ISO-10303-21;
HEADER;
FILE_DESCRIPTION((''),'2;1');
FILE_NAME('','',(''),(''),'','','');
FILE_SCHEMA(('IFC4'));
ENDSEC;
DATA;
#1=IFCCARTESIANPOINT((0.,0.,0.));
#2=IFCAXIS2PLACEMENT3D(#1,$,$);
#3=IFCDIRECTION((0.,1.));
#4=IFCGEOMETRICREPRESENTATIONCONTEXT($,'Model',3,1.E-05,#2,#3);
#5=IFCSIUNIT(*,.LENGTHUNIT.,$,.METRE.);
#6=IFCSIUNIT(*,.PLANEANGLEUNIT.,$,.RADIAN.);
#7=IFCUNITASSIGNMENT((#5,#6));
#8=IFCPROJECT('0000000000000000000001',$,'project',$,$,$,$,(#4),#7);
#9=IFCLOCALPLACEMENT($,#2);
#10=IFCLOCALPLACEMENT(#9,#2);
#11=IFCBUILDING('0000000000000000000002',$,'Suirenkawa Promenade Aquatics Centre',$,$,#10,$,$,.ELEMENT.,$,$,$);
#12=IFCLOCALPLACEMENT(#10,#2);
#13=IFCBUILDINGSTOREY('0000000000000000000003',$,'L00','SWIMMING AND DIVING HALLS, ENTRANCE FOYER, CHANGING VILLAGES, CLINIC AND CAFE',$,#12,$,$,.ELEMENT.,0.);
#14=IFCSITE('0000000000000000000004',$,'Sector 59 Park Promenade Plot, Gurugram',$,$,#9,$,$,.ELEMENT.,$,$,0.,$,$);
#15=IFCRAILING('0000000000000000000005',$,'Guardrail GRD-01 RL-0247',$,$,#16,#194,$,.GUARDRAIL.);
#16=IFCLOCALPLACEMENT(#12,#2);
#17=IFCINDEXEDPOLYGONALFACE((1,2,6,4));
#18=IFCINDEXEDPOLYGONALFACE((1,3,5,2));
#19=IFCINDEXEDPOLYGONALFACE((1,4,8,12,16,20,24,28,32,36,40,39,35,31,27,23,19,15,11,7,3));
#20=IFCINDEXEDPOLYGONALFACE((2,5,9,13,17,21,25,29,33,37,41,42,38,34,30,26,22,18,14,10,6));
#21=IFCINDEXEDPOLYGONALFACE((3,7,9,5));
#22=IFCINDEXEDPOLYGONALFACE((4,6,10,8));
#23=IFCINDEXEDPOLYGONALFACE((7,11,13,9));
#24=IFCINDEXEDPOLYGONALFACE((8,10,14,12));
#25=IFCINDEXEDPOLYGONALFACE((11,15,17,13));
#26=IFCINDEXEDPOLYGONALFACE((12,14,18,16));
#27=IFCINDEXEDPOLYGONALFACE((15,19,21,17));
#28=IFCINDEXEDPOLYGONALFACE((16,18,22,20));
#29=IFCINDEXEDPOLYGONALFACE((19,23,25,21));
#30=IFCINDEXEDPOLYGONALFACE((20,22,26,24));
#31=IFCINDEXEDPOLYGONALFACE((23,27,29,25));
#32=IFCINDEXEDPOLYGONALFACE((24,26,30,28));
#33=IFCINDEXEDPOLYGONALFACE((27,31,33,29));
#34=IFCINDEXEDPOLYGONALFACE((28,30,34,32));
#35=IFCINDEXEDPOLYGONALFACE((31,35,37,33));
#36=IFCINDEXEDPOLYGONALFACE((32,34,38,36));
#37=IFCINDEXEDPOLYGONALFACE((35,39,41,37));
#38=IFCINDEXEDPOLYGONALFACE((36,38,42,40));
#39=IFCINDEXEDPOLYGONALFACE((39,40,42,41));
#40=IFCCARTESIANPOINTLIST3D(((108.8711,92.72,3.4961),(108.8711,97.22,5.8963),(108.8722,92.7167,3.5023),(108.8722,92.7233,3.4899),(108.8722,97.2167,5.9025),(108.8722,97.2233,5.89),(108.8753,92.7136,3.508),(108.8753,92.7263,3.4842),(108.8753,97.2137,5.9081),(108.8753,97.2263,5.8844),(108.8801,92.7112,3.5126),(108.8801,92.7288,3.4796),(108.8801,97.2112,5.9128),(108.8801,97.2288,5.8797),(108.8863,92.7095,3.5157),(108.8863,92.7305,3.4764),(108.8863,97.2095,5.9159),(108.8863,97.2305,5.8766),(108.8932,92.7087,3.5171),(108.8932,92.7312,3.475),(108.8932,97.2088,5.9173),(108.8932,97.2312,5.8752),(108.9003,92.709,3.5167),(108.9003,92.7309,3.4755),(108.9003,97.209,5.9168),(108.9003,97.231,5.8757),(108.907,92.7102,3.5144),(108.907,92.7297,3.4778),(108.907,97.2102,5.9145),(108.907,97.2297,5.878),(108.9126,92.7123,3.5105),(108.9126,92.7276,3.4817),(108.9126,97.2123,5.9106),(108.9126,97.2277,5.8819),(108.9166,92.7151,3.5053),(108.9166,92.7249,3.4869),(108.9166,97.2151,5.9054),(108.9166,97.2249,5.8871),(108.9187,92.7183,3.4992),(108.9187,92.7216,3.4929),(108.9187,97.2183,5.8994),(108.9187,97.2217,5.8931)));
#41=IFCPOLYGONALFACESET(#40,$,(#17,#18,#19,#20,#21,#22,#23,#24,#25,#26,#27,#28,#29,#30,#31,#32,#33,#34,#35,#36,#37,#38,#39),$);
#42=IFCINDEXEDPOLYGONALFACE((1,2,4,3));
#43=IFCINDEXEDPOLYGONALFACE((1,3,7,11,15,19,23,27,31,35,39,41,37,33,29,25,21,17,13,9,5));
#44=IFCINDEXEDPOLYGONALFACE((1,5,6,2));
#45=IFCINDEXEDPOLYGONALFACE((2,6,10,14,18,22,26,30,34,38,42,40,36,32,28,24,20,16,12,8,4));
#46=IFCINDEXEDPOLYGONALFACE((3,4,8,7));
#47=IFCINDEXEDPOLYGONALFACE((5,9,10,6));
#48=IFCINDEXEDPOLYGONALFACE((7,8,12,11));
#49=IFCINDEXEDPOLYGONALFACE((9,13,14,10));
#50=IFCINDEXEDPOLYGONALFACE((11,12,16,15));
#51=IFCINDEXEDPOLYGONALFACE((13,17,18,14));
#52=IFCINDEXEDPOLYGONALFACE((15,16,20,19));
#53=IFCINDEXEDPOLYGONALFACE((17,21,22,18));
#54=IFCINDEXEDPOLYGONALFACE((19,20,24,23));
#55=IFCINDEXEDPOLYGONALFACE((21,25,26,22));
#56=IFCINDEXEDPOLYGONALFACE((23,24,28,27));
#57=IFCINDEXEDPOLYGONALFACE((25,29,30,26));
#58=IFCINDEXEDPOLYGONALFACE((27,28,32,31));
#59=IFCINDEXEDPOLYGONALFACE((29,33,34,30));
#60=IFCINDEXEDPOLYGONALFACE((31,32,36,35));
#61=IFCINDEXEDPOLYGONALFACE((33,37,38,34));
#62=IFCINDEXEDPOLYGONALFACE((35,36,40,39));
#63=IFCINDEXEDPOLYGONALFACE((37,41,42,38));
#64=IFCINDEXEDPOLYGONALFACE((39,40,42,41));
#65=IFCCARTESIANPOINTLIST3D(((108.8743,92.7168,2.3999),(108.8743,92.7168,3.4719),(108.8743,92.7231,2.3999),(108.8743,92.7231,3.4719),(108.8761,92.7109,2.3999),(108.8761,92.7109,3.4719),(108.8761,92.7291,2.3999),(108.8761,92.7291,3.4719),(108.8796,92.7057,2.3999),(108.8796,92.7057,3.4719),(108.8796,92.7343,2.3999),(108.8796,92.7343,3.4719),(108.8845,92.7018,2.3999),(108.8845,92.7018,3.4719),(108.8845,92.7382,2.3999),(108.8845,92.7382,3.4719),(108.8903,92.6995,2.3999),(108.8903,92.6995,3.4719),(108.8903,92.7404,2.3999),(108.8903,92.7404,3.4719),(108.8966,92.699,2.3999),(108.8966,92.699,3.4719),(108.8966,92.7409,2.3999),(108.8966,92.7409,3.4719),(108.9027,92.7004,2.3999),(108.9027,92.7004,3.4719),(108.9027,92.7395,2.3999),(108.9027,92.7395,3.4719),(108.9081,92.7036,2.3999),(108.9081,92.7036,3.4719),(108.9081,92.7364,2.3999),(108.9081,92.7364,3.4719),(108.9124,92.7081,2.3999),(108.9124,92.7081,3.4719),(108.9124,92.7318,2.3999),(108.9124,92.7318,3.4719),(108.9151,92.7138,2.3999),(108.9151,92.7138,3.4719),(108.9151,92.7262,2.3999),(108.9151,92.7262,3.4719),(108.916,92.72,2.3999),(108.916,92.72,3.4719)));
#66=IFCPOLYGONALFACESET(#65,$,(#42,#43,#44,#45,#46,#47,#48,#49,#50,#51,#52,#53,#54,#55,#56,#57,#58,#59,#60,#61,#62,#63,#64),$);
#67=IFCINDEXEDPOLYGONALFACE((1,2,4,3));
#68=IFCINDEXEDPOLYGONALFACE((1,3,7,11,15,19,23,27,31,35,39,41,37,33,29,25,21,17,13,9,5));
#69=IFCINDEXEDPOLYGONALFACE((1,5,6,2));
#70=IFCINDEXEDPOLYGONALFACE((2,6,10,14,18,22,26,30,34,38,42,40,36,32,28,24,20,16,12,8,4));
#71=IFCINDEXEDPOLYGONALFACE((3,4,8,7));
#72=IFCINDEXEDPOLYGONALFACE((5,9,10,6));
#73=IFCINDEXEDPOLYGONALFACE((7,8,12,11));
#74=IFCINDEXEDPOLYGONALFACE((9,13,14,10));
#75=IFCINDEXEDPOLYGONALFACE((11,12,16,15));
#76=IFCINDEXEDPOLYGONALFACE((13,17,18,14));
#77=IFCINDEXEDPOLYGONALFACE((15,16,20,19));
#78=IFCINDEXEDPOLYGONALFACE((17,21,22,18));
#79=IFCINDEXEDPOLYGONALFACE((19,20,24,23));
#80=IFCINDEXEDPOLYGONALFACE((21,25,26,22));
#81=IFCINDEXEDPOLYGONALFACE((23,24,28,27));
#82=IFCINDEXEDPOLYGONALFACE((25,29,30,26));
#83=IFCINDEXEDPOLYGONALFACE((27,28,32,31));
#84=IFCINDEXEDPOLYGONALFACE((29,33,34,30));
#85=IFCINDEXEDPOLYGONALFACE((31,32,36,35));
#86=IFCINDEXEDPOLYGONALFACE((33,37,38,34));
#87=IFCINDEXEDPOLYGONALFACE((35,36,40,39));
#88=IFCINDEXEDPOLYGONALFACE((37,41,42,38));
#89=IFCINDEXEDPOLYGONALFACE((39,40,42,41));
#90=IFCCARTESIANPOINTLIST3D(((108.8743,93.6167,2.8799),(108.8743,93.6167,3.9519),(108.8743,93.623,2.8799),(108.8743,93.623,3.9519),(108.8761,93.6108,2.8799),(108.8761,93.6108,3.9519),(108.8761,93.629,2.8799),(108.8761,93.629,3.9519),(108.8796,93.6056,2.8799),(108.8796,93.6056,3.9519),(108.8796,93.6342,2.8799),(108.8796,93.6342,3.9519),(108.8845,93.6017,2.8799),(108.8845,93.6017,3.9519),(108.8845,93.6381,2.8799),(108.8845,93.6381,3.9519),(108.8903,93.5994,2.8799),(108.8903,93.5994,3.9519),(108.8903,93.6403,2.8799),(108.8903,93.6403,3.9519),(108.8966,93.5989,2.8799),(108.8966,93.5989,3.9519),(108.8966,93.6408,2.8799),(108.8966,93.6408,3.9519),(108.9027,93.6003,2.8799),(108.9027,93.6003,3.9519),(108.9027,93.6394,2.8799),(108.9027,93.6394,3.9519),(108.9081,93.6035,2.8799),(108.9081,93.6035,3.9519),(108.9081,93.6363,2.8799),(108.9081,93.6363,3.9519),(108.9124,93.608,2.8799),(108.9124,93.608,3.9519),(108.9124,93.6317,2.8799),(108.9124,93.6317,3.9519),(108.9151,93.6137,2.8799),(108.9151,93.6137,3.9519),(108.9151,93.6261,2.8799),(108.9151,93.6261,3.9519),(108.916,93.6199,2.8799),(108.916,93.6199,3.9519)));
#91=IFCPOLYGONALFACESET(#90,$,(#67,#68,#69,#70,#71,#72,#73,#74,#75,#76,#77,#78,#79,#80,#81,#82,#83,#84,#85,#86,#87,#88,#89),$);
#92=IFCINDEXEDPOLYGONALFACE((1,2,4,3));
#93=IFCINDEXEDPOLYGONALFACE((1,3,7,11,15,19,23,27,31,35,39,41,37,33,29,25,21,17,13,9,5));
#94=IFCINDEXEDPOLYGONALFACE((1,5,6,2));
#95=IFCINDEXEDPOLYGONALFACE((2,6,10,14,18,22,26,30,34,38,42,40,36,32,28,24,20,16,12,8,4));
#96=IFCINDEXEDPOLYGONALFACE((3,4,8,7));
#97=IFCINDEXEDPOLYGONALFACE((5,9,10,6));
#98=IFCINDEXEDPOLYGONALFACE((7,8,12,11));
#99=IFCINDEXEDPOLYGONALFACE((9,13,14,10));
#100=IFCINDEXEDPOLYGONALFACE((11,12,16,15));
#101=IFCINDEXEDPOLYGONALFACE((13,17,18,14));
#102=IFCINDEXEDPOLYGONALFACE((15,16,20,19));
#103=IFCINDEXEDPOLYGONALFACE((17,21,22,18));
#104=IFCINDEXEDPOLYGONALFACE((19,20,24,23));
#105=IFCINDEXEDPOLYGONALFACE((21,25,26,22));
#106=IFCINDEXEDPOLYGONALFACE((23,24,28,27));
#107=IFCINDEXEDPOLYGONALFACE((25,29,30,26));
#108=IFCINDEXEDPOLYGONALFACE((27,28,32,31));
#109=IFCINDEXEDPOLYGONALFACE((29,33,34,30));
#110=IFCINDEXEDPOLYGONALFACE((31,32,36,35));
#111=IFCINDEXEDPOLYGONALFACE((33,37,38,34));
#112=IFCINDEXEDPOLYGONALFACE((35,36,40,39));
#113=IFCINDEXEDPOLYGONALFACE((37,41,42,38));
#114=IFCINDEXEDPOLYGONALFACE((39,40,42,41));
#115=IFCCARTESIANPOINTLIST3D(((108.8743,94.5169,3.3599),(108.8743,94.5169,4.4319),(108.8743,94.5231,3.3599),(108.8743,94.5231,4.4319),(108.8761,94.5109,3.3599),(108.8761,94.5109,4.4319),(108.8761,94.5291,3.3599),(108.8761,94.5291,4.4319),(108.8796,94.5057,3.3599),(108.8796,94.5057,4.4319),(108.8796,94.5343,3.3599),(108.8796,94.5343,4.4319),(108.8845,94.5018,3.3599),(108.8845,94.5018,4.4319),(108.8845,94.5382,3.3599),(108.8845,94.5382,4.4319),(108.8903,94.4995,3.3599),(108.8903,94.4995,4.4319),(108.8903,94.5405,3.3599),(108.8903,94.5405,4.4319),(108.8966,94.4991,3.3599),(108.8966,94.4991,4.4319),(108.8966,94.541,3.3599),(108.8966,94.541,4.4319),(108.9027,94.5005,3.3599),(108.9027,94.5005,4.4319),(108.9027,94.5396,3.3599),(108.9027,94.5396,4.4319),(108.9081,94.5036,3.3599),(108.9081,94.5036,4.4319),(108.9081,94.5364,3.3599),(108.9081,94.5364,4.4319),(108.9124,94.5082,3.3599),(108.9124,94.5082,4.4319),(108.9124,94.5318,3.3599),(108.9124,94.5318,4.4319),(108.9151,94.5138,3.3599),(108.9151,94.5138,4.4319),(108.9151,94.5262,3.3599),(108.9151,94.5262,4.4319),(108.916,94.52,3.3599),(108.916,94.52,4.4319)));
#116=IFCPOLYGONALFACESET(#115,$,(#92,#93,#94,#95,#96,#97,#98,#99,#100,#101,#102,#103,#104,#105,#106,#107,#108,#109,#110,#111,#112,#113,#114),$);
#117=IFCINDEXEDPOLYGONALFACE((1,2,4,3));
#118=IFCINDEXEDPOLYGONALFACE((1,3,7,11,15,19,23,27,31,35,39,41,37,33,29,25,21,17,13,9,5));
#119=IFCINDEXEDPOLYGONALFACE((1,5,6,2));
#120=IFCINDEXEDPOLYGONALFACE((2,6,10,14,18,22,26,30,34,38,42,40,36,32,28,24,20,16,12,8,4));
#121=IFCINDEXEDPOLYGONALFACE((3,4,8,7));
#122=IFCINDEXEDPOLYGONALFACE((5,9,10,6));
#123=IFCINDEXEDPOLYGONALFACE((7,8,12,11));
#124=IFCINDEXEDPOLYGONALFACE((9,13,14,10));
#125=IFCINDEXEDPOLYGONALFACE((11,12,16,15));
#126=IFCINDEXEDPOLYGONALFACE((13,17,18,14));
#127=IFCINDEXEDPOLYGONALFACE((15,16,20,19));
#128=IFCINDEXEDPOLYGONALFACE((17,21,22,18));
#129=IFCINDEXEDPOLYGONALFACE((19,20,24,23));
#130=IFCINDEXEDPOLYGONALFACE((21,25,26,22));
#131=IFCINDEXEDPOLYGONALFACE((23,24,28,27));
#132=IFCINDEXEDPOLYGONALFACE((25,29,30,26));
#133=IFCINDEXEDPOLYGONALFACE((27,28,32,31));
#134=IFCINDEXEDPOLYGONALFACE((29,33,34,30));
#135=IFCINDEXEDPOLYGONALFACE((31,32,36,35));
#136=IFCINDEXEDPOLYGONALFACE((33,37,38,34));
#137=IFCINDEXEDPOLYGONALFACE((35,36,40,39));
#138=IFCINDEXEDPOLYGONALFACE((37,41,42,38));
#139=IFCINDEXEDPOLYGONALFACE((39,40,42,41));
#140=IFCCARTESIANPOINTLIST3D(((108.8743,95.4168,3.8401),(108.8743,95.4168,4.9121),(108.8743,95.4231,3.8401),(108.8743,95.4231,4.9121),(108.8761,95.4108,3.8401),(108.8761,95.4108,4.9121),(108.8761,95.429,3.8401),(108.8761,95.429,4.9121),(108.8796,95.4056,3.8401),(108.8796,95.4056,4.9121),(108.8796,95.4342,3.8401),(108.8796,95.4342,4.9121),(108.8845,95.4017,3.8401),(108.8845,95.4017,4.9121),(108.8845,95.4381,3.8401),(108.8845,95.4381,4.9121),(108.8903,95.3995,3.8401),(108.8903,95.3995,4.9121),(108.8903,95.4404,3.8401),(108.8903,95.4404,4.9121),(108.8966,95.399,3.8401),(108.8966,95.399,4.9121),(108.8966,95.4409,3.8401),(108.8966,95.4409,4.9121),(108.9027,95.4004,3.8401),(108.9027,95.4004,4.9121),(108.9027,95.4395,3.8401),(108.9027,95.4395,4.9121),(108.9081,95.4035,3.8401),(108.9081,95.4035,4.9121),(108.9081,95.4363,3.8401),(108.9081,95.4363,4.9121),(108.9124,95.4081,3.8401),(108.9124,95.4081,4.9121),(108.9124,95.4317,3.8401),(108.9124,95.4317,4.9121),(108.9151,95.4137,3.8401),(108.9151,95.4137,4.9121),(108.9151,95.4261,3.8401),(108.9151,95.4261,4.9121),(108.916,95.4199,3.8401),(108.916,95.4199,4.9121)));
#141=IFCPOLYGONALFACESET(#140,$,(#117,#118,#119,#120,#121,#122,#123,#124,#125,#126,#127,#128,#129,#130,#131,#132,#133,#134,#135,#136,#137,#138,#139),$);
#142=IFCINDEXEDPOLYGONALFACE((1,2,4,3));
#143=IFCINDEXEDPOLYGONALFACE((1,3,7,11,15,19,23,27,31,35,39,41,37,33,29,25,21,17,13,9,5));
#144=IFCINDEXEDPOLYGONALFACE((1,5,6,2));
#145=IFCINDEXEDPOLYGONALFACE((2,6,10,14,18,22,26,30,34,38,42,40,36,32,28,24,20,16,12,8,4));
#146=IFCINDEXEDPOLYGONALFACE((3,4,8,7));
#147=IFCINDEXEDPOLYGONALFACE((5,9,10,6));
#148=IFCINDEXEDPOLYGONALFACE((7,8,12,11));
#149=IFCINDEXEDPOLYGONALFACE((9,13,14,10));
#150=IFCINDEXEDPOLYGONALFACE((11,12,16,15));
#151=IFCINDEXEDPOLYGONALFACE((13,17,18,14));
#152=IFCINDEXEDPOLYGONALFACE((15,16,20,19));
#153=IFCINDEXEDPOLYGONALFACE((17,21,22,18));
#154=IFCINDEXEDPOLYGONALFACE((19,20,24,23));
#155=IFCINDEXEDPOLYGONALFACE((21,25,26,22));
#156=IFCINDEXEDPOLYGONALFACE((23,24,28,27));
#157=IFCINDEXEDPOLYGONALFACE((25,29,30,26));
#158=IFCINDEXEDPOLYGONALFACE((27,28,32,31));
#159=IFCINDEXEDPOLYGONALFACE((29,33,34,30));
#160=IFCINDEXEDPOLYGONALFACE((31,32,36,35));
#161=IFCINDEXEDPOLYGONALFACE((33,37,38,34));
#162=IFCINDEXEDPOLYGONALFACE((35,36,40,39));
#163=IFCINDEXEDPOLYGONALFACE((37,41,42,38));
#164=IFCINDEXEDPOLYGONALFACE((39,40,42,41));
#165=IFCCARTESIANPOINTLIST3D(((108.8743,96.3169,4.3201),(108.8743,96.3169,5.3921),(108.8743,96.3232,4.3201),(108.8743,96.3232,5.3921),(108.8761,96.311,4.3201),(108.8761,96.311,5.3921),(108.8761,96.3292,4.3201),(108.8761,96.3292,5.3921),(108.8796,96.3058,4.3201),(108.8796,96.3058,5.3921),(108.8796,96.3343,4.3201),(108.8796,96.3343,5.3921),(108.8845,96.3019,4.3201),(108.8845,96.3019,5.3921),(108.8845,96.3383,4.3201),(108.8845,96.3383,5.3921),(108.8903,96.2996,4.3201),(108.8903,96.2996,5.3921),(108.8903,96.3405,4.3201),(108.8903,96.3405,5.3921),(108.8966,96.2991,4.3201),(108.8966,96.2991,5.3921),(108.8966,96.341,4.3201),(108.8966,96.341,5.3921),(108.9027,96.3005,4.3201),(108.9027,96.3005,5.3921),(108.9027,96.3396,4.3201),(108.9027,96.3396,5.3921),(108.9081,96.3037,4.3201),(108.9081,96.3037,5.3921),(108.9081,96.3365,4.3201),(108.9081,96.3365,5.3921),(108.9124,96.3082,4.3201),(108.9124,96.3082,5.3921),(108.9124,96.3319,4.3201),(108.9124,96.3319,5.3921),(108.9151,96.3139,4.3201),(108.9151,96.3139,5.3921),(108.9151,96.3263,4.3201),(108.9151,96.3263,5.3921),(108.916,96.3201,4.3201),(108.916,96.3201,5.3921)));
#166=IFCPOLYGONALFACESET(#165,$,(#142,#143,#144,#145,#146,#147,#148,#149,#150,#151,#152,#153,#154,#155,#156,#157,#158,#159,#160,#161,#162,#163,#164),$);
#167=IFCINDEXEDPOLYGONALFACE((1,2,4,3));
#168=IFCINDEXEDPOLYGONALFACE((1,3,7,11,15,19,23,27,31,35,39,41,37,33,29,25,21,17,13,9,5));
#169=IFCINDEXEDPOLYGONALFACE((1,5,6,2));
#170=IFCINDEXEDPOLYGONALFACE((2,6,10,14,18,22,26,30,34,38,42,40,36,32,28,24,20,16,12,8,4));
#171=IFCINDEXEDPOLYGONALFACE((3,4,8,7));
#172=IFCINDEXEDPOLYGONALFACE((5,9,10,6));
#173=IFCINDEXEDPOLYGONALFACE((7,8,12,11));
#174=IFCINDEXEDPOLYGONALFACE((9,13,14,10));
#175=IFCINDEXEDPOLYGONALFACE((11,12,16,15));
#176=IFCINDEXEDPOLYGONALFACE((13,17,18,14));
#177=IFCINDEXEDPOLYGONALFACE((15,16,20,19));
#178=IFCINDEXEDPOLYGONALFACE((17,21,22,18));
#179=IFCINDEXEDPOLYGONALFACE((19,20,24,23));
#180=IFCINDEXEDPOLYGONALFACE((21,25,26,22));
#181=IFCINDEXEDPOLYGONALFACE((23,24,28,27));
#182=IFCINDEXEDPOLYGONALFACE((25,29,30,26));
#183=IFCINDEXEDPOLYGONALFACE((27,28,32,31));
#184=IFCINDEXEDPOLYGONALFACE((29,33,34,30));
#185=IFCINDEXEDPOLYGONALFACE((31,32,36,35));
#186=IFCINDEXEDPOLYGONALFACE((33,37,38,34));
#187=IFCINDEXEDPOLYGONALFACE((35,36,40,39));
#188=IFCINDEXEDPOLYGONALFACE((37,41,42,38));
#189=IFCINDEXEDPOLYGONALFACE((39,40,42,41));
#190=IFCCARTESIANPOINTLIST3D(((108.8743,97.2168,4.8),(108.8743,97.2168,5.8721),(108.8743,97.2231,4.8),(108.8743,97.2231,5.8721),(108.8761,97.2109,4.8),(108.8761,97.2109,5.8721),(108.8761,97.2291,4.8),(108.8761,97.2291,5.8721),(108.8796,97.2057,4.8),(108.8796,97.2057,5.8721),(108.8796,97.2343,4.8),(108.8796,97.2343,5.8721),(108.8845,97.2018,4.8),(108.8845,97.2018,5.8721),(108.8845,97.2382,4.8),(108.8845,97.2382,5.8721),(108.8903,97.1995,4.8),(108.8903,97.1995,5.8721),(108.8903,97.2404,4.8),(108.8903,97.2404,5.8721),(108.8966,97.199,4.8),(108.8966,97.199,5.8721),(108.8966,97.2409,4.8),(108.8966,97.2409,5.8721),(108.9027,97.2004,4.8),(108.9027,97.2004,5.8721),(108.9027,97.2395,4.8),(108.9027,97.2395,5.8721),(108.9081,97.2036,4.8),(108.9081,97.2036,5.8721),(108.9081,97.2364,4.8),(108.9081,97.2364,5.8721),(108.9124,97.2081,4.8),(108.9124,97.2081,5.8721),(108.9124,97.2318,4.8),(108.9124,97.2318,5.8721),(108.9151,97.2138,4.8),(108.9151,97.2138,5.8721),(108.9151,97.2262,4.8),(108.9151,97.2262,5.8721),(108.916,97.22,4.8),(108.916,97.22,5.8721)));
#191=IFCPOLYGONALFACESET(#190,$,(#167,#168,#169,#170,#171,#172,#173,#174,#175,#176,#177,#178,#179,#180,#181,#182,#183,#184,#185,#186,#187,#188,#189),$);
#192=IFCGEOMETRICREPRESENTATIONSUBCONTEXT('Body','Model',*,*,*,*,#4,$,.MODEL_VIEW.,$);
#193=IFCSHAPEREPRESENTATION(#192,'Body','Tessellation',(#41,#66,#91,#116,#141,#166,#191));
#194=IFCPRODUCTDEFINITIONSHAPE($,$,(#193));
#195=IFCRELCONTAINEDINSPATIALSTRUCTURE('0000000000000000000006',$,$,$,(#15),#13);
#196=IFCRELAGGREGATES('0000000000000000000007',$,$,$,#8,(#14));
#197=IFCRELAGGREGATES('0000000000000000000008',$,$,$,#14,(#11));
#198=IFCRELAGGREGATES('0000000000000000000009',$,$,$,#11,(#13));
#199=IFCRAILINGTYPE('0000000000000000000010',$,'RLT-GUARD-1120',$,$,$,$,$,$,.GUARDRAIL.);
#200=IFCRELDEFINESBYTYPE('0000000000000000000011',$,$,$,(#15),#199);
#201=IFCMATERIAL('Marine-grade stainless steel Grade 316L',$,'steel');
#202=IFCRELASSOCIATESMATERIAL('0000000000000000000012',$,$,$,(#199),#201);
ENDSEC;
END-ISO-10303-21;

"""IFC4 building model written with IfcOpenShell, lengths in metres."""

from ifc_helpers import new_model, si_unit, direction, frame, origin, origin_2d, place, context, subcontext, project, spatial, circle, extrude, material, type_object, element, save


model = new_model("IFC4")

# Units and contexts
model_context = context("Model", 3, precision=1e-05, world=origin(), true_north=direction((0.0, 1.0)))
body_context = subcontext(model_context, "Body", "Model", "MODEL_VIEW")
ifc_project = project(units=[si_unit("LENGTHUNIT", "METRE"), si_unit("PLANEANGLEUNIT", "RADIAN")], contexts=[model_context])

# Site, building, storey
site_placement = place(None, origin())
site = spatial("IfcSite", under=ifc_project, at=site_placement, Name="Sector 59 Park Promenade Plot, Gurugram", CompositionType="ELEMENT", RefElevation=0.0)
building_placement = place(site_placement, origin())
building = spatial("IfcBuilding", under=site, at=building_placement, Name="Suirenkawa Promenade Aquatics Centre", CompositionType="ELEMENT")
storey_placement = place(building_placement, origin())
storey = spatial("IfcBuildingStorey", under=building, at=storey_placement, Name="L00", Description="SWIMMING AND DIVING HALLS, ENTRANCE FOYER, CHANGING VILLAGES, CLINIC AND CAFE", CompositionType="ELEMENT", Elevation=0.0)

# Railing
ifc_material_1 = material(Name="Marine-grade stainless steel Grade 316L", Category="steel")
railing_type_1 = type_object("IfcRailingType", Name="RLT-GUARD-1120", PredefinedType="GUARDRAIL", material=ifc_material_1)
for number, where, name in (
    (1, (108.895, 92.72, 2.3999), "Guardrail GRD-01 RL-0247"),
):
    element("IfcRailing", number, at=place(storey_placement, frame(where)), inside=storey, type_object=railing_type_1, Name=name, PredefinedType="GUARDRAIL", context=body_context, shape_type="SweptSolid", body=[
        extrude(circle(Radius=0.0239, at=origin_2d()), frame((0.0, 0.0, 1.0962), z_axis=(0.0, 0.882341, 0.470611), x_axis=(-1.0, 0.0, 0.0)), (0.0, 0.0, 1.0), 5.1001),
        extrude(circle(Radius=0.021, at=origin_2d()), origin(), (0.0, 0.0, 1.0), 1.072),
        extrude(circle(Radius=0.021, at=origin_2d()), frame((0.0, 0.8999, 0.48)), (0.0, 0.0, 1.0), 1.072),
        extrude(circle(Radius=0.021, at=origin_2d()), frame((0.0, 1.8, 0.96)), (0.0, 0.0, 1.0), 1.072),
        extrude(circle(Radius=0.021, at=origin_2d()), frame((0.0, 2.7, 1.4402)), (0.0, 0.0, 1.0), 1.072),
        extrude(circle(Radius=0.021, at=origin_2d()), frame((0.0, 3.6001, 1.9202)), (0.0, 0.0, 1.0), 1.072),
        extrude(circle(Radius=0.021, at=origin_2d()), frame((0.0, 4.5, 2.4001)), (0.0, 0.0, 1.0), 1.072),
    ])

save(model, "model.ifc")
